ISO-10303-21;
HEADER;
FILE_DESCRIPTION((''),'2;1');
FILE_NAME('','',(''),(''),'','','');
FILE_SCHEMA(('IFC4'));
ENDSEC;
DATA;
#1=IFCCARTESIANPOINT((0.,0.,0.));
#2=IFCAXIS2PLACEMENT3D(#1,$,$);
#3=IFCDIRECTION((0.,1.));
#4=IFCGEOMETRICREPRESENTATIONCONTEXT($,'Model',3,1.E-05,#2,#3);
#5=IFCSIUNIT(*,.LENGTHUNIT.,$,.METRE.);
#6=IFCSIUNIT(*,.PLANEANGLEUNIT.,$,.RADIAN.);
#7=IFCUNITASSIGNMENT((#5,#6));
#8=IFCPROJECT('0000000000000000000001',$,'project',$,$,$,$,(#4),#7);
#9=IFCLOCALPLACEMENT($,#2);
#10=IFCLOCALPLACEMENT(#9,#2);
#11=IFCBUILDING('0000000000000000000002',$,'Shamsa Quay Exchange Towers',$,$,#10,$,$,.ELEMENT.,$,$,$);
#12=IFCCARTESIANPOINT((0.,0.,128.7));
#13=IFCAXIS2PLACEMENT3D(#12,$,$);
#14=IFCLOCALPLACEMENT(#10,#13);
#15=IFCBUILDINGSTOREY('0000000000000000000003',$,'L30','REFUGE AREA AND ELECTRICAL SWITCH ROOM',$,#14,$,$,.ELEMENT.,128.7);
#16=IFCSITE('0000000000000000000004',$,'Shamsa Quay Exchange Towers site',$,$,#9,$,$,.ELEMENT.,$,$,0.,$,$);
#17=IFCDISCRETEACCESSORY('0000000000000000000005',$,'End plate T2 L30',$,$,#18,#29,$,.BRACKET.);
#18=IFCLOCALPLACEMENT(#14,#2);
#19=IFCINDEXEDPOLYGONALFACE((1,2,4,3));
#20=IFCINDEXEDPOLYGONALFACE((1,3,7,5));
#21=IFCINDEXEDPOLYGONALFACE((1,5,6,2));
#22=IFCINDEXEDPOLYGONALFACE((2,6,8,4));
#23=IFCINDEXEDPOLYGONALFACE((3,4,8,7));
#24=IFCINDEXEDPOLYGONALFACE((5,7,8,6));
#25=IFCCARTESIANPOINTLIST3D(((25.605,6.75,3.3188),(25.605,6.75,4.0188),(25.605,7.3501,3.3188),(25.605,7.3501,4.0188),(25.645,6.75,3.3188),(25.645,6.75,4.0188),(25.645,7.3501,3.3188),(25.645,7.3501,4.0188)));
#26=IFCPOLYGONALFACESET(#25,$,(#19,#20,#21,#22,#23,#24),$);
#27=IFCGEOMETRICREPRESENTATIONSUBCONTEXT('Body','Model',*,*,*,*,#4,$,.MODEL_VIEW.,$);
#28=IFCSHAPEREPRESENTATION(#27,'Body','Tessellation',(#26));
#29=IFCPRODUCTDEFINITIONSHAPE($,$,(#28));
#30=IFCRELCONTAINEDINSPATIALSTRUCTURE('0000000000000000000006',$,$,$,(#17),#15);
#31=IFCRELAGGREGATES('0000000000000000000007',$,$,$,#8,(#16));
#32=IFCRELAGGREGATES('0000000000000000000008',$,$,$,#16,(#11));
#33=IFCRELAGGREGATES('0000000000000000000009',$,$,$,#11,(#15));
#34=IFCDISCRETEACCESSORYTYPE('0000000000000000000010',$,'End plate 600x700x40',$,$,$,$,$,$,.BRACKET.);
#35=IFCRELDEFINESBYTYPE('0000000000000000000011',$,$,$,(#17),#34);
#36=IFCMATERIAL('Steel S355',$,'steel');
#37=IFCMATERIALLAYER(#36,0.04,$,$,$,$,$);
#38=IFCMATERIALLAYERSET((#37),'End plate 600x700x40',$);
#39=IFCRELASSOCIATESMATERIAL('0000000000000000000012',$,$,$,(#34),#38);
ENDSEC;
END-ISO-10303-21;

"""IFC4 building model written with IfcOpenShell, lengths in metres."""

from ifc_helpers import new_model, si_unit, direction, frame, origin, origin_2d, place, context, subcontext, project, spatial, rectangle, extrude, material, layer, layer_set, type_object, element, save


model = new_model("IFC4")

# Units and contexts
model_context = context("Model", 3, precision=1e-05, world=origin(), true_north=direction((0.0, 1.0)))
body_context = subcontext(model_context, "Body", "Model", "MODEL_VIEW")
ifc_project = project(units=[si_unit("LENGTHUNIT", "METRE"), si_unit("PLANEANGLEUNIT", "RADIAN")], contexts=[model_context])

# Site, building, storey
site_placement = place(None, origin())
site = spatial("IfcSite", under=ifc_project, at=site_placement, Name="Shamsa Quay Exchange Towers site", CompositionType="ELEMENT", RefElevation=0.0)
building_placement = place(site_placement, origin())
building = spatial("IfcBuilding", under=site, at=building_placement, Name="Shamsa Quay Exchange Towers", CompositionType="ELEMENT")
storey_placement = place(building_placement, frame((0.0, 0.0, 128.7)))
storey = spatial("IfcBuildingStorey", under=building, at=storey_placement, Name="L30", Description="REFUGE AREA AND ELECTRICAL SWITCH ROOM", CompositionType="ELEMENT", Elevation=128.7)

# Shared definitions
ifc_material_1 = material(Name="Steel S355", Category="steel")

# Discrete accessory
ifc_layer_1 = layer(ifc_material_1, 0.04)
ifc_layer_set_1 = layer_set([ifc_layer_1], Name="End plate 600x700x40")
discrete_accessory_type_1 = type_object("IfcDiscreteAccessoryType", Name="End plate 600x700x40", PredefinedType="BRACKET", material=ifc_layer_set_1)
for number, where, z_axis, x_axis, name in (
    (1, (25.625, 7.05, 3.3188), (0.0, 0.0, 1.0), (0.0, -1.0, 0.0), "End plate T2 L30"),
):
    element("IfcDiscreteAccessory", number, at=place(storey_placement, frame(where, z_axis=z_axis, x_axis=x_axis)), inside=storey, type_object=discrete_accessory_type_1, Name=name, PredefinedType="BRACKET", context=body_context, shape_type="SweptSolid", body=[
        extrude(rectangle(XDim=0.6001, YDim=0.04, at=origin_2d()), origin(), (0.0, 0.0, 1.0), 0.7),
    ])

save(model, "model.ifc")
